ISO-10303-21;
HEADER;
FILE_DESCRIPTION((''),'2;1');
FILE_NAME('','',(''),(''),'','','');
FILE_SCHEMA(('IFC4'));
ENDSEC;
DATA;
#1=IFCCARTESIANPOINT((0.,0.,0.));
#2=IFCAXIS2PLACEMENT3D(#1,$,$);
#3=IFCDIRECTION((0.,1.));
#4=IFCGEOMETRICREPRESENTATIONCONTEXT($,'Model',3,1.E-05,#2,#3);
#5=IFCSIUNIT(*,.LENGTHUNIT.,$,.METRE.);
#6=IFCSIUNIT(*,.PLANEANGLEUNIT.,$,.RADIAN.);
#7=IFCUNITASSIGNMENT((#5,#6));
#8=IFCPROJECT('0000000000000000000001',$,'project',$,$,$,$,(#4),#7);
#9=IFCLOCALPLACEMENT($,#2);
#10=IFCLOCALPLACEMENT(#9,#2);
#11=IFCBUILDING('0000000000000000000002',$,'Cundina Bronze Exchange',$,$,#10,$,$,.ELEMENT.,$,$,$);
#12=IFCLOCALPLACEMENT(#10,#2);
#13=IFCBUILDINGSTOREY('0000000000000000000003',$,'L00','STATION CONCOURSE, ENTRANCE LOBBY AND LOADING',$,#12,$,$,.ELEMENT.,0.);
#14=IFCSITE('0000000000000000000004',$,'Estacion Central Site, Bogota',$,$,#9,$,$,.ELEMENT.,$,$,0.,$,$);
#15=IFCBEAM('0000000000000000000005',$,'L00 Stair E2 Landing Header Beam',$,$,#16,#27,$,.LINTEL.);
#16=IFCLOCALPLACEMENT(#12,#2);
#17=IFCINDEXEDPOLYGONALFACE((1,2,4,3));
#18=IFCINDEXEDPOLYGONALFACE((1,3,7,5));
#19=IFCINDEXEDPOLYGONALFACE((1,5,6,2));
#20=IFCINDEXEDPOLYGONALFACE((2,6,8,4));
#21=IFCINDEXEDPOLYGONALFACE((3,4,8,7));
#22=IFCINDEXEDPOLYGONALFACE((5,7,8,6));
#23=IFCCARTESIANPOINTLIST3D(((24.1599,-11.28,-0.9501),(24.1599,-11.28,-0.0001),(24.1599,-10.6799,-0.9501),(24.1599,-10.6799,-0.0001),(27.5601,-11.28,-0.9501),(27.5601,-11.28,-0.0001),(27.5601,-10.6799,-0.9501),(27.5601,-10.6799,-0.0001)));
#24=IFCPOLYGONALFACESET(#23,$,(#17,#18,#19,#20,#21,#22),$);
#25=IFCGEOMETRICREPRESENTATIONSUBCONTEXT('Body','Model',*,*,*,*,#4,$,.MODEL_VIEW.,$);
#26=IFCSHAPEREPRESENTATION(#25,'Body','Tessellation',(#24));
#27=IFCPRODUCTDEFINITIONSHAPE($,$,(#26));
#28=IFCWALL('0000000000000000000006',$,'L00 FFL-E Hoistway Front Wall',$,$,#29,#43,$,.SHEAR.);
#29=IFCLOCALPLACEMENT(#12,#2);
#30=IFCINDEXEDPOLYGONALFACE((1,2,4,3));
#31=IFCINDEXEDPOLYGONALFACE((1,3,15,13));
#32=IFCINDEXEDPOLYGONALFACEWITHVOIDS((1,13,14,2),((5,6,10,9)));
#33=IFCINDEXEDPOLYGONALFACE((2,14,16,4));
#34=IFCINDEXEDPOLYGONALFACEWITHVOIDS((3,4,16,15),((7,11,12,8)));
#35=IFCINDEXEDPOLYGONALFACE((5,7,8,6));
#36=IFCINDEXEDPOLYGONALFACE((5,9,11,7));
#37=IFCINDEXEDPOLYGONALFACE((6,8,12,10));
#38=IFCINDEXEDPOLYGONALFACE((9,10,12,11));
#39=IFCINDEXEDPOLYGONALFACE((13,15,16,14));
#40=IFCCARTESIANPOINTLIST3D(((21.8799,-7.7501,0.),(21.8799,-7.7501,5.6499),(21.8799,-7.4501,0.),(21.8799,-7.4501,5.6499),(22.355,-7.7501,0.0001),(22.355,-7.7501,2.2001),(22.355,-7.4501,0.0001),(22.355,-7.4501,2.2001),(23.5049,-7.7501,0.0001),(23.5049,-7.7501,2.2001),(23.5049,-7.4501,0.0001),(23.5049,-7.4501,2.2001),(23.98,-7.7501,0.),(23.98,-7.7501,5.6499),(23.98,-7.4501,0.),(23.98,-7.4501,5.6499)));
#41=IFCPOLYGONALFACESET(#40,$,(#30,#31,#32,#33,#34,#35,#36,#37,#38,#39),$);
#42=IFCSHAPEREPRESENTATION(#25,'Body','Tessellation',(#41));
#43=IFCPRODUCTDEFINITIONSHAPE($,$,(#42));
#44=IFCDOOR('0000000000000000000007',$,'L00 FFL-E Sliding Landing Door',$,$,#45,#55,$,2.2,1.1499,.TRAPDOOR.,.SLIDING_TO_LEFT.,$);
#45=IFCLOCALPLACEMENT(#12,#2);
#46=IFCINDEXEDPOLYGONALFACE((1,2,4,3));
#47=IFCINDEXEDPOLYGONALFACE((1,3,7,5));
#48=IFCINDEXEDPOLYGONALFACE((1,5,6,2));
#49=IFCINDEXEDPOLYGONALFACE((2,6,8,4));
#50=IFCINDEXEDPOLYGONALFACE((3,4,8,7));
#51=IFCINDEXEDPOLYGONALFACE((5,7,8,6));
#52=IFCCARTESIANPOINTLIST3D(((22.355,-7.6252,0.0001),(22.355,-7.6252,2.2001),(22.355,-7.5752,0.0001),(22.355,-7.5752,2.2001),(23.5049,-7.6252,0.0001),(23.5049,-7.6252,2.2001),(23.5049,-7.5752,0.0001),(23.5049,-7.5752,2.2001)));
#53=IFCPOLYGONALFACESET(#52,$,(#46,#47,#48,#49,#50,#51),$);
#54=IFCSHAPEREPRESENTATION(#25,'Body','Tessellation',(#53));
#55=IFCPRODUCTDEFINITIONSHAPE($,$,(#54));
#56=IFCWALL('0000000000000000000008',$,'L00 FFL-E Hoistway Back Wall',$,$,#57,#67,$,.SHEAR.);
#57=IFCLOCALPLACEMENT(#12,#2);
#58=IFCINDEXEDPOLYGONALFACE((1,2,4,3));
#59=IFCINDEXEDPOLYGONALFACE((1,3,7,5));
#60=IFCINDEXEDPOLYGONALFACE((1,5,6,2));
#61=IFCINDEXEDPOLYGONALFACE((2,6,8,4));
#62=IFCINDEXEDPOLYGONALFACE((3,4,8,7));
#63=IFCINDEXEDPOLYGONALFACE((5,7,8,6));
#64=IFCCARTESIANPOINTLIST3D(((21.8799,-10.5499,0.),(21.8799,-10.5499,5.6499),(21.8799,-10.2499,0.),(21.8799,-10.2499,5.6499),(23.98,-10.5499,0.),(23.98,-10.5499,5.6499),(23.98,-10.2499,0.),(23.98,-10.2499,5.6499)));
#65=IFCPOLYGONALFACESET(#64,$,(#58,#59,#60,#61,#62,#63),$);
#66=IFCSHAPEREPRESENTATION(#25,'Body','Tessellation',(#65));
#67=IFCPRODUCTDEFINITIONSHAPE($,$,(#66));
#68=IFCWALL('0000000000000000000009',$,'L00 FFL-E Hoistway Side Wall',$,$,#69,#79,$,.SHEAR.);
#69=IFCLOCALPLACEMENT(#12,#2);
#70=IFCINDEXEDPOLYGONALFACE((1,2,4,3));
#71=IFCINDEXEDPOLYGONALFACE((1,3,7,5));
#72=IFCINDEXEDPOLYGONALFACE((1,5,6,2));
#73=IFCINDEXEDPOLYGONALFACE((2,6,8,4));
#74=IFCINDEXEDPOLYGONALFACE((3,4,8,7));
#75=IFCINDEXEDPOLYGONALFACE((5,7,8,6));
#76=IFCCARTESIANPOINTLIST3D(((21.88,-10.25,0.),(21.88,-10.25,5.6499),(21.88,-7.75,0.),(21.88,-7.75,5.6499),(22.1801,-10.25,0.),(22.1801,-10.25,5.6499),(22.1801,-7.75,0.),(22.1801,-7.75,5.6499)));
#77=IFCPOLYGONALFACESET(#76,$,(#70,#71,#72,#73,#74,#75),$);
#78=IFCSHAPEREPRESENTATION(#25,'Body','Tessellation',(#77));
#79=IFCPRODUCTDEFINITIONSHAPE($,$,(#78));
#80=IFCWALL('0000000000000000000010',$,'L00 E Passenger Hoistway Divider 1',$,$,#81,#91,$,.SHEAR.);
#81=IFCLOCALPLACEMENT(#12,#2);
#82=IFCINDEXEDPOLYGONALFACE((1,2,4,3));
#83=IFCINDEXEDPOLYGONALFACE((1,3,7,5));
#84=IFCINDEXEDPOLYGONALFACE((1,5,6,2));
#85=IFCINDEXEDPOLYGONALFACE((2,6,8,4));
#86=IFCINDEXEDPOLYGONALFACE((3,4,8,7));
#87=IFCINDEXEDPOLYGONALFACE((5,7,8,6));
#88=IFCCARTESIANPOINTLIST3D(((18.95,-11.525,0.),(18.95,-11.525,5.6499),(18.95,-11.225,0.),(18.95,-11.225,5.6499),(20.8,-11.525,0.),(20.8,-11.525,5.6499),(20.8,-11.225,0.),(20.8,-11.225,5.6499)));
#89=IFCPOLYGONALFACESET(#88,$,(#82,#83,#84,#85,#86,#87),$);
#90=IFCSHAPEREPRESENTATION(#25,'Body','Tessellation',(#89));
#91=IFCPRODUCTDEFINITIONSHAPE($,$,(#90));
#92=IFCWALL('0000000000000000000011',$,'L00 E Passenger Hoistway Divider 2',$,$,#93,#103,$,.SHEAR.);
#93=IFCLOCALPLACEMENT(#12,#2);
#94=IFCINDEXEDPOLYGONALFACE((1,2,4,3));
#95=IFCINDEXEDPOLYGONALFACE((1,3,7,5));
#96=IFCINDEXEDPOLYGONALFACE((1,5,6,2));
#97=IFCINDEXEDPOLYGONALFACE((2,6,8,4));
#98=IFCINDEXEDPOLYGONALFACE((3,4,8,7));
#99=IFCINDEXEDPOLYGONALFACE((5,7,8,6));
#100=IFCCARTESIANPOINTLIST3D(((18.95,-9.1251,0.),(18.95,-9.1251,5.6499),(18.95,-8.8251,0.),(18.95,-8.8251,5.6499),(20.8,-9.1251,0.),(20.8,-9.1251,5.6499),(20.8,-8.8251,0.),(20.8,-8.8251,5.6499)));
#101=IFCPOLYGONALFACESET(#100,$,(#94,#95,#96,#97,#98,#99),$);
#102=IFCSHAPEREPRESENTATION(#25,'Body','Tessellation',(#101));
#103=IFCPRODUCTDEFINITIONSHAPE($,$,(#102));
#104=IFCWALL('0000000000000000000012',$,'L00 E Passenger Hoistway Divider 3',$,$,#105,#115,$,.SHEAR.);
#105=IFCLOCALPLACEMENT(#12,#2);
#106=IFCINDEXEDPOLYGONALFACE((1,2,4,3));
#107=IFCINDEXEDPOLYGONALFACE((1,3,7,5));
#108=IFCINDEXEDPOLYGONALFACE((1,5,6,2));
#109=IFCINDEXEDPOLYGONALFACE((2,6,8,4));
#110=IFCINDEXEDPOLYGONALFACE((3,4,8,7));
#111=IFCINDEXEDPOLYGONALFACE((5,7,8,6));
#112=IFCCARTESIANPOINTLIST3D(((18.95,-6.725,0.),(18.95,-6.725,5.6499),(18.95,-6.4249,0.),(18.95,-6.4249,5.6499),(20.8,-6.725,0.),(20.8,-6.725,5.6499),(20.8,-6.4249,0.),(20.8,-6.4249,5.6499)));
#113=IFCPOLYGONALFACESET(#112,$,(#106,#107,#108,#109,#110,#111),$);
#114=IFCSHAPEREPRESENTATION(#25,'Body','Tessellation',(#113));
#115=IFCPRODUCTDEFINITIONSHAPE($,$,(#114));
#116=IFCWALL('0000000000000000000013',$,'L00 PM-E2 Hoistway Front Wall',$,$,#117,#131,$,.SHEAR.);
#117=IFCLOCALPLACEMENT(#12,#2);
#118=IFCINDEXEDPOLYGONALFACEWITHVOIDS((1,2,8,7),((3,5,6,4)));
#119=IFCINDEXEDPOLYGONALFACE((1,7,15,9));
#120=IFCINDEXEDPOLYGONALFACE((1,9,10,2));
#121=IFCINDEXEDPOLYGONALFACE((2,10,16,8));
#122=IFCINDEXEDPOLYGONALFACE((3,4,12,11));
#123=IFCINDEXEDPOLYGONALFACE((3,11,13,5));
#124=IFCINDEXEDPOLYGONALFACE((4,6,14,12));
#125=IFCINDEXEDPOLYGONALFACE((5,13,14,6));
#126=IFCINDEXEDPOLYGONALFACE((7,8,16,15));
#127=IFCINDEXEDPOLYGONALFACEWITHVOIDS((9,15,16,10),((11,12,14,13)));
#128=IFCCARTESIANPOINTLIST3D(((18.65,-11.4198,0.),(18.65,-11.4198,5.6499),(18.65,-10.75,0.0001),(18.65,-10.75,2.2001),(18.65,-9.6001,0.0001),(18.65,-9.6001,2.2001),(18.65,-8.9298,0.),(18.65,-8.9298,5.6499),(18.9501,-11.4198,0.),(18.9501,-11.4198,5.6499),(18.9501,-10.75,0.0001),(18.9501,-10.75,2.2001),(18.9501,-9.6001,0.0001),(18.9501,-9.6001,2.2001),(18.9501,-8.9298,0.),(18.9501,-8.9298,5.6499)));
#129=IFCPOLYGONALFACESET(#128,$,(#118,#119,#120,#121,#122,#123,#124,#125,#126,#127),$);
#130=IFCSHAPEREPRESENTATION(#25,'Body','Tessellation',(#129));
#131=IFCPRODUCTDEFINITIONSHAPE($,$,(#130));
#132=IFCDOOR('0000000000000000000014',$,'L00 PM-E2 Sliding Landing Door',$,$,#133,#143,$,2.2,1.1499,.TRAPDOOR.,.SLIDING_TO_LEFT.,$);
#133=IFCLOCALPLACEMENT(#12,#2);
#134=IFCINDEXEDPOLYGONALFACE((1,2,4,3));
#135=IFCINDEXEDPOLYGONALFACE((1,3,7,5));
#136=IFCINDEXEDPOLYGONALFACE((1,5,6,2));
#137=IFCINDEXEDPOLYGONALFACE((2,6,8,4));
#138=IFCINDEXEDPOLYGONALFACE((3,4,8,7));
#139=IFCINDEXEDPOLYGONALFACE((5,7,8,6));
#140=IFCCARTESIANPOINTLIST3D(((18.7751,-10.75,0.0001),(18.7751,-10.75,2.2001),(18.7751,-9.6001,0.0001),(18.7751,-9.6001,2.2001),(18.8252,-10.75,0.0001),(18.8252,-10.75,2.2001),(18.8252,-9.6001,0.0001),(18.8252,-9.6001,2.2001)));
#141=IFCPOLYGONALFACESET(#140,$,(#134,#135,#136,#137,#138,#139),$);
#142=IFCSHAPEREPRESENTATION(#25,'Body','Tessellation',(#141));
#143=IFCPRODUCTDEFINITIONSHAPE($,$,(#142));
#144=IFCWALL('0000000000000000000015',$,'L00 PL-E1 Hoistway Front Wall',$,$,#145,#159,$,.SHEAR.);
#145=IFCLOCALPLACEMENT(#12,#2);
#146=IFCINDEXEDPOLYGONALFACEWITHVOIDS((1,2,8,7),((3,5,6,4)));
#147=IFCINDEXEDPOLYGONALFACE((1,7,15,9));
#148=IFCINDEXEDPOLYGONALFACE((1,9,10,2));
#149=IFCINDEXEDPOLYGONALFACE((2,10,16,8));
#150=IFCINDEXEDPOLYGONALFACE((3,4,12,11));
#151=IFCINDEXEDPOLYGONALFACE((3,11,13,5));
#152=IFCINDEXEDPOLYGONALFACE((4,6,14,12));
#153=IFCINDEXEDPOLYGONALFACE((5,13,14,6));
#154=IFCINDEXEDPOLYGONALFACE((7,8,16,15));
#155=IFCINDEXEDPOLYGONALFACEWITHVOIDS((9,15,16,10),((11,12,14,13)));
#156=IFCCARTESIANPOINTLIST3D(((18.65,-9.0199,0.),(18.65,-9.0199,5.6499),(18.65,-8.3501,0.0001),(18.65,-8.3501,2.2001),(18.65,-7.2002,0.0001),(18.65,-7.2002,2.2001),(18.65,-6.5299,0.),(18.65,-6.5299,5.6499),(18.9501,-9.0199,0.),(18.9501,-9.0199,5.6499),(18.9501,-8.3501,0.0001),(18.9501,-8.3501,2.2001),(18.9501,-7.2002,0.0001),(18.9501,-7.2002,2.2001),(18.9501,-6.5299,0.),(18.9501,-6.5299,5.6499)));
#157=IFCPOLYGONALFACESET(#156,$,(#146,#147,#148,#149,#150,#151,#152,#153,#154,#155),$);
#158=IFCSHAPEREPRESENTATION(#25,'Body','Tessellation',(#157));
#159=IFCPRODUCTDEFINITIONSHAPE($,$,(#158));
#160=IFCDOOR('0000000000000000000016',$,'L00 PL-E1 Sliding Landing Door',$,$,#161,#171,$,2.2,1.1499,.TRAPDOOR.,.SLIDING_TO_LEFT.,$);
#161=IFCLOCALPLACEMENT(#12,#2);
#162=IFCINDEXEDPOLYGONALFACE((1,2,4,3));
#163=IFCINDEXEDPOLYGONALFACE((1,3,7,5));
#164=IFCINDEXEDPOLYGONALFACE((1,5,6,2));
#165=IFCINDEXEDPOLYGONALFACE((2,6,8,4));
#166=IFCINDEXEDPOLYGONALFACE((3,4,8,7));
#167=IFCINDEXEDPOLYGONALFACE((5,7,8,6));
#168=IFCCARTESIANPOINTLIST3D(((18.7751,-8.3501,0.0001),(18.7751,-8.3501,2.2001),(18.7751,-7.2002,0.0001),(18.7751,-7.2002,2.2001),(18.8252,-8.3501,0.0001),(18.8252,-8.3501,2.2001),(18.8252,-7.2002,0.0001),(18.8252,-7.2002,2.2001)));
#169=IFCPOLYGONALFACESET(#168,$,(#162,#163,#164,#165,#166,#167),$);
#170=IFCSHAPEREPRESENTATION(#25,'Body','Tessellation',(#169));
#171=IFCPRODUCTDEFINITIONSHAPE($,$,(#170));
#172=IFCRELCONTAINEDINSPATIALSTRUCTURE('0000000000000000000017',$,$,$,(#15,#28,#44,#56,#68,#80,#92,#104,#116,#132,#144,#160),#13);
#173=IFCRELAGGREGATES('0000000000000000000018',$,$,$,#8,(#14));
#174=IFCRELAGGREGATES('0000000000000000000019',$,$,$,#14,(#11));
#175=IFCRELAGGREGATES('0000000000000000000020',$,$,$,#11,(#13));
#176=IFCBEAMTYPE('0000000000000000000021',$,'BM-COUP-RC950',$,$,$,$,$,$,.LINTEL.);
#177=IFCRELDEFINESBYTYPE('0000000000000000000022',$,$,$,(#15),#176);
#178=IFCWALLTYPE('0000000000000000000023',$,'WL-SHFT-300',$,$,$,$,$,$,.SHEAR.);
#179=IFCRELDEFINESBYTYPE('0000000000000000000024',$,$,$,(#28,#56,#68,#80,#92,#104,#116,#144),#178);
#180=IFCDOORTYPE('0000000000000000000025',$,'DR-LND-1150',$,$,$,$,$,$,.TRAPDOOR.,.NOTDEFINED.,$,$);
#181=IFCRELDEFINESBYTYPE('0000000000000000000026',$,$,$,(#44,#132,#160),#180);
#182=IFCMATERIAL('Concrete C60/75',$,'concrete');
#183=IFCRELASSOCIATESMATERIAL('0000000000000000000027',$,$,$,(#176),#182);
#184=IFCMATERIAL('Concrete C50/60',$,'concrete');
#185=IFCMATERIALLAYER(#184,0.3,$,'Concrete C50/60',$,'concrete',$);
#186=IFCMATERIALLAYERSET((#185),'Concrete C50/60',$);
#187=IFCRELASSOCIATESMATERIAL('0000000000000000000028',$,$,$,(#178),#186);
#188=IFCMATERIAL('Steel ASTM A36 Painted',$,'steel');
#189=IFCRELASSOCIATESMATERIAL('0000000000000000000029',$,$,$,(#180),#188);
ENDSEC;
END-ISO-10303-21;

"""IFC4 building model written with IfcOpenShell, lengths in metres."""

from ifc_helpers import new_model, si_unit, direction, frame, frame_2d, origin, origin_2d, place, context, subcontext, project, spatial, rectangle, extrude, material, layer, layer_set, material_profile, profile_set, type_object, element, fill, save


model = new_model("IFC4")

# Units and contexts
model_context = context("Model", 3, precision=1e-05, world=origin(), true_north=direction((0.0, 1.0)))
body_context = subcontext(model_context, "Body", "Model", "MODEL_VIEW")
ifc_project = project(units=[si_unit("LENGTHUNIT", "METRE"), si_unit("PLANEANGLEUNIT", "RADIAN")], contexts=[model_context])

# Site, building, storey
site_placement = place(None, origin())
site = spatial("IfcSite", under=ifc_project, at=site_placement, Name="Estacion Central Site, Bogota", CompositionType="ELEMENT", RefElevation=0.0)
building_placement = place(site_placement, origin())
building = spatial("IfcBuilding", under=site, at=building_placement, Name="Cundina Bronze Exchange", CompositionType="ELEMENT")
storey_placement = place(building_placement, origin())
storey = spatial("IfcBuildingStorey", under=building, at=storey_placement, Name="L00", Description="STATION CONCOURSE, ENTRANCE LOBBY AND LOADING", CompositionType="ELEMENT", Elevation=0.0)

# Beam
ifc_material_1 = material(Name="Concrete C60/75", Category="concrete")
ifc_material_profile = material_profile(ifc_material_1, rectangle(XDim=0.6001, YDim=0.95, at=origin_2d()), Name="RC600X950", Category="concrete")
ifc_profile_set = profile_set([ifc_material_profile], Name="Concrete C60/75")
beam_type = type_object("IfcBeamType", Name="BM-COUP-RC950", PredefinedType="LINTEL", material=ifc_profile_set)
beam_placement = place(storey_placement, frame((24.1599, -10.98, -0.4751), z_axis=(1.0, 0.0, 0.0), x_axis=(0.0, 1.0, 0.0)))
element("IfcBeam", 1, at=beam_placement, inside=storey, type_object=beam_type, Name="L00 Stair E2 Landing Header Beam", PredefinedType="LINTEL", context=body_context, shape_type="SweptSolid", body=[
    extrude(rectangle(XDim=0.6001, YDim=0.95, at=origin_2d()), origin(), (0.0, 0.0, 1.0), 3.4001),
])

# Wall, opening, door
ifc_material_2 = material(Name="Concrete C50/60", Category="concrete")
ifc_layer_1 = layer(ifc_material_2, 0.3, Name="Concrete C50/60", Category="concrete")
ifc_layer_set_1 = layer_set([ifc_layer_1], Name="Concrete C50/60")
wall_type_1 = type_object("IfcWallType", Name="WL-SHFT-300", PredefinedType="SHEAR", material=ifc_layer_set_1)
ifc_material_3 = material(Name="Steel ASTM A36 Painted", Category="steel")
wall_1_placement = place(storey_placement, frame((21.8799, -7.6001, 0.0), z_axis=(0.0, 0.0, 1.0), x_axis=(1.0, 0.0, 0.0)))
wall_1 = element("IfcWall", 2, at=wall_1_placement, inside=storey, type_object=wall_type_1, Name="L00 FFL-E Hoistway Front Wall", PredefinedType="SHEAR", context=body_context, shape_type="SweptSolid", body=[
    extrude(rectangle(XDim=2.1001, YDim=0.3, at=frame_2d((1.05, 0.0))), origin(), (0.0, 0.0, 1.0), 5.6499),
])
opening_1_placement = place(wall_1_placement, frame((0.4751, 0.0, 0.0)))
opening_1 = element("IfcOpeningElement", 3, at=opening_1_placement, cuts=wall_1, PredefinedType="OPENING", context=body_context, shape_type="SweptSolid", body=[
    extrude(rectangle(XDim=1.1499, YDim=2.2, at=frame_2d((0.575, 1.1001))), frame((0.0, 0.1599, 0.0), z_axis=(0.0, -1.0, 0.0), x_axis=(1.0, 0.0, 0.0)), (0.0, 0.0, 1.0), 0.3201),
])
door_type_1 = type_object("IfcDoorType", Name="DR-LND-1150", OperationType="NOTDEFINED", PredefinedType="TRAPDOOR", material=ifc_material_3)
door_1_placement = place(opening_1_placement, origin())
door_1 = element("IfcDoor", 4, at=door_1_placement, inside=storey, type_object=door_type_1, Name="L00 FFL-E Sliding Landing Door", OperationType="SLIDING_TO_LEFT", OverallHeight=2.2, OverallWidth=1.1499, PredefinedType="TRAPDOOR", context=body_context, shape_type="SweptSolid", body=[
    extrude(rectangle(XDim=1.1499, YDim=2.2, at=frame_2d((0.575, 1.1001))), frame((0.0, 0.0249, 0.0), z_axis=(0.0, -1.0, 0.0), x_axis=(1.0, 0.0, 0.0)), (0.0, 0.0, 1.0), 0.05),
])
fill(opening_1, door_1)

# Walls
wall_2_placement = place(storey_placement, frame((21.8799, -10.3999, 0.0), z_axis=(0.0, 0.0, 1.0), x_axis=(1.0, 0.0, 0.0)))
element("IfcWall", 5, at=wall_2_placement, inside=storey, type_object=wall_type_1, Name="L00 FFL-E Hoistway Back Wall", PredefinedType="SHEAR", context=body_context, shape_type="SweptSolid", body=[
    extrude(rectangle(XDim=2.1001, YDim=0.3, at=frame_2d((1.05, 0.0))), origin(), (0.0, 0.0, 1.0), 5.6499),
])
wall_3_placement = place(storey_placement, frame((22.03, -10.25, 0.0), z_axis=(0.0, 0.0, 1.0), x_axis=(0.0, 1.0, 0.0)))
element("IfcWall", 6, at=wall_3_placement, inside=storey, type_object=wall_type_1, Name="L00 FFL-E Hoistway Side Wall", PredefinedType="SHEAR", context=body_context, shape_type="SweptSolid", body=[
    extrude(rectangle(XDim=2.5, YDim=0.3, at=frame_2d((1.25, 0.0))), origin(), (0.0, 0.0, 1.0), 5.6499),
])
for number, where, z_axis, x_axis, name in (
    (7, (18.95, -11.375, 0.0), (0.0, 0.0, 1.0), (1.0, 0.0, 0.0), "L00 E Passenger Hoistway Divider 1"),
    (8, (18.95, -8.9751, 0.0), (0.0, 0.0, 1.0), (1.0, 0.0, 0.0), "L00 E Passenger Hoistway Divider 2"),
    (9, (18.95, -6.575, 0.0), (0.0, 0.0, 1.0), (1.0, 0.0, 0.0), "L00 E Passenger Hoistway Divider 3"),
):
    element("IfcWall", number, at=place(storey_placement, frame(where, z_axis=z_axis, x_axis=x_axis)), inside=storey, type_object=wall_type_1, Name=name, PredefinedType="SHEAR", context=body_context, shape_type="SweptSolid", body=[
        extrude(rectangle(XDim=1.8501, YDim=0.3, at=frame_2d((0.925, 0.0))), origin(), (0.0, 0.0, 1.0), 5.6499),
    ])

# Walls, openings, doors
wall_4_placement = place(storey_placement, frame((18.8, -11.4199, 0.0), z_axis=(0.0, 0.0, 1.0), x_axis=(0.0, 1.0, 0.0)))
wall_4 = element("IfcWall", 10, at=wall_4_placement, inside=storey, type_object=wall_type_1, Name="L00 PM-E2 Hoistway Front Wall", PredefinedType="SHEAR", context=body_context, shape_type="SweptSolid", body=[
    extrude(rectangle(XDim=2.49, YDim=0.3, at=frame_2d((1.2451, 0.0))), origin(), (0.0, 0.0, 1.0), 5.6499),
])
opening_2_placement = place(wall_4_placement, frame((0.6699, 0.0, 0.0)))
opening_2 = element("IfcOpeningElement", 11, at=opening_2_placement, cuts=wall_4, PredefinedType="OPENING", context=body_context, shape_type="SweptSolid", body=[
    extrude(rectangle(XDim=1.1499, YDim=2.2, at=frame_2d((0.575, 1.1001))), frame((0.0, 0.1599, 0.0), z_axis=(0.0, -1.0, 0.0), x_axis=(1.0, 0.0, 0.0)), (0.0, 0.0, 1.0), 0.3201),
])
door_2_placement = place(opening_2_placement, origin())
door_2 = element("IfcDoor", 12, at=door_2_placement, inside=storey, type_object=door_type_1, Name="L00 PM-E2 Sliding Landing Door", OperationType="SLIDING_TO_LEFT", OverallHeight=2.2, OverallWidth=1.1499, PredefinedType="TRAPDOOR", context=body_context, shape_type="SweptSolid", body=[
    extrude(rectangle(XDim=1.1499, YDim=2.2, at=frame_2d((0.575, 1.1001))), frame((0.0, 0.0249, 0.0), z_axis=(0.0, -1.0, 0.0), x_axis=(1.0, 0.0, 0.0)), (0.0, 0.0, 1.0), 0.05),
])
fill(opening_2, door_2)
wall_5_placement = place(storey_placement, frame((18.8, -9.02, 0.0), z_axis=(0.0, 0.0, 1.0), x_axis=(0.0, 1.0, 0.0)))
wall_5 = element("IfcWall", 13, at=wall_5_placement, inside=storey, type_object=wall_type_1, Name="L00 PL-E1 Hoistway Front Wall", PredefinedType="SHEAR", context=body_context, shape_type="SweptSolid", body=[
    extrude(rectangle(XDim=2.49, YDim=0.3, at=frame_2d((1.2451, 0.0))), origin(), (0.0, 0.0, 1.0), 5.6499),
])
opening_3_placement = place(wall_5_placement, frame((0.6699, 0.0, 0.0)))
opening_3 = element("IfcOpeningElement", 14, at=opening_3_placement, cuts=wall_5, PredefinedType="OPENING", context=body_context, shape_type="SweptSolid", body=[
    extrude(rectangle(XDim=1.1499, YDim=2.2, at=frame_2d((0.575, 1.1001))), frame((0.0, 0.1599, 0.0), z_axis=(0.0, -1.0, 0.0), x_axis=(1.0, 0.0, 0.0)), (0.0, 0.0, 1.0), 0.3201),
])
door_3_placement = place(opening_3_placement, origin())
door_3 = element("IfcDoor", 15, at=door_3_placement, inside=storey, type_object=door_type_1, Name="L00 PL-E1 Sliding Landing Door", OperationType="SLIDING_TO_LEFT", OverallHeight=2.2, OverallWidth=1.1499, PredefinedType="TRAPDOOR", context=body_context, shape_type="SweptSolid", body=[
    extrude(rectangle(XDim=1.1499, YDim=2.2, at=frame_2d((0.575, 1.1001))), frame((0.0, 0.0249, 0.0), z_axis=(0.0, -1.0, 0.0), x_axis=(1.0, 0.0, 0.0)), (0.0, 0.0, 1.0), 0.05),
])
fill(opening_3, door_3)

save(model, "model.ifc")
